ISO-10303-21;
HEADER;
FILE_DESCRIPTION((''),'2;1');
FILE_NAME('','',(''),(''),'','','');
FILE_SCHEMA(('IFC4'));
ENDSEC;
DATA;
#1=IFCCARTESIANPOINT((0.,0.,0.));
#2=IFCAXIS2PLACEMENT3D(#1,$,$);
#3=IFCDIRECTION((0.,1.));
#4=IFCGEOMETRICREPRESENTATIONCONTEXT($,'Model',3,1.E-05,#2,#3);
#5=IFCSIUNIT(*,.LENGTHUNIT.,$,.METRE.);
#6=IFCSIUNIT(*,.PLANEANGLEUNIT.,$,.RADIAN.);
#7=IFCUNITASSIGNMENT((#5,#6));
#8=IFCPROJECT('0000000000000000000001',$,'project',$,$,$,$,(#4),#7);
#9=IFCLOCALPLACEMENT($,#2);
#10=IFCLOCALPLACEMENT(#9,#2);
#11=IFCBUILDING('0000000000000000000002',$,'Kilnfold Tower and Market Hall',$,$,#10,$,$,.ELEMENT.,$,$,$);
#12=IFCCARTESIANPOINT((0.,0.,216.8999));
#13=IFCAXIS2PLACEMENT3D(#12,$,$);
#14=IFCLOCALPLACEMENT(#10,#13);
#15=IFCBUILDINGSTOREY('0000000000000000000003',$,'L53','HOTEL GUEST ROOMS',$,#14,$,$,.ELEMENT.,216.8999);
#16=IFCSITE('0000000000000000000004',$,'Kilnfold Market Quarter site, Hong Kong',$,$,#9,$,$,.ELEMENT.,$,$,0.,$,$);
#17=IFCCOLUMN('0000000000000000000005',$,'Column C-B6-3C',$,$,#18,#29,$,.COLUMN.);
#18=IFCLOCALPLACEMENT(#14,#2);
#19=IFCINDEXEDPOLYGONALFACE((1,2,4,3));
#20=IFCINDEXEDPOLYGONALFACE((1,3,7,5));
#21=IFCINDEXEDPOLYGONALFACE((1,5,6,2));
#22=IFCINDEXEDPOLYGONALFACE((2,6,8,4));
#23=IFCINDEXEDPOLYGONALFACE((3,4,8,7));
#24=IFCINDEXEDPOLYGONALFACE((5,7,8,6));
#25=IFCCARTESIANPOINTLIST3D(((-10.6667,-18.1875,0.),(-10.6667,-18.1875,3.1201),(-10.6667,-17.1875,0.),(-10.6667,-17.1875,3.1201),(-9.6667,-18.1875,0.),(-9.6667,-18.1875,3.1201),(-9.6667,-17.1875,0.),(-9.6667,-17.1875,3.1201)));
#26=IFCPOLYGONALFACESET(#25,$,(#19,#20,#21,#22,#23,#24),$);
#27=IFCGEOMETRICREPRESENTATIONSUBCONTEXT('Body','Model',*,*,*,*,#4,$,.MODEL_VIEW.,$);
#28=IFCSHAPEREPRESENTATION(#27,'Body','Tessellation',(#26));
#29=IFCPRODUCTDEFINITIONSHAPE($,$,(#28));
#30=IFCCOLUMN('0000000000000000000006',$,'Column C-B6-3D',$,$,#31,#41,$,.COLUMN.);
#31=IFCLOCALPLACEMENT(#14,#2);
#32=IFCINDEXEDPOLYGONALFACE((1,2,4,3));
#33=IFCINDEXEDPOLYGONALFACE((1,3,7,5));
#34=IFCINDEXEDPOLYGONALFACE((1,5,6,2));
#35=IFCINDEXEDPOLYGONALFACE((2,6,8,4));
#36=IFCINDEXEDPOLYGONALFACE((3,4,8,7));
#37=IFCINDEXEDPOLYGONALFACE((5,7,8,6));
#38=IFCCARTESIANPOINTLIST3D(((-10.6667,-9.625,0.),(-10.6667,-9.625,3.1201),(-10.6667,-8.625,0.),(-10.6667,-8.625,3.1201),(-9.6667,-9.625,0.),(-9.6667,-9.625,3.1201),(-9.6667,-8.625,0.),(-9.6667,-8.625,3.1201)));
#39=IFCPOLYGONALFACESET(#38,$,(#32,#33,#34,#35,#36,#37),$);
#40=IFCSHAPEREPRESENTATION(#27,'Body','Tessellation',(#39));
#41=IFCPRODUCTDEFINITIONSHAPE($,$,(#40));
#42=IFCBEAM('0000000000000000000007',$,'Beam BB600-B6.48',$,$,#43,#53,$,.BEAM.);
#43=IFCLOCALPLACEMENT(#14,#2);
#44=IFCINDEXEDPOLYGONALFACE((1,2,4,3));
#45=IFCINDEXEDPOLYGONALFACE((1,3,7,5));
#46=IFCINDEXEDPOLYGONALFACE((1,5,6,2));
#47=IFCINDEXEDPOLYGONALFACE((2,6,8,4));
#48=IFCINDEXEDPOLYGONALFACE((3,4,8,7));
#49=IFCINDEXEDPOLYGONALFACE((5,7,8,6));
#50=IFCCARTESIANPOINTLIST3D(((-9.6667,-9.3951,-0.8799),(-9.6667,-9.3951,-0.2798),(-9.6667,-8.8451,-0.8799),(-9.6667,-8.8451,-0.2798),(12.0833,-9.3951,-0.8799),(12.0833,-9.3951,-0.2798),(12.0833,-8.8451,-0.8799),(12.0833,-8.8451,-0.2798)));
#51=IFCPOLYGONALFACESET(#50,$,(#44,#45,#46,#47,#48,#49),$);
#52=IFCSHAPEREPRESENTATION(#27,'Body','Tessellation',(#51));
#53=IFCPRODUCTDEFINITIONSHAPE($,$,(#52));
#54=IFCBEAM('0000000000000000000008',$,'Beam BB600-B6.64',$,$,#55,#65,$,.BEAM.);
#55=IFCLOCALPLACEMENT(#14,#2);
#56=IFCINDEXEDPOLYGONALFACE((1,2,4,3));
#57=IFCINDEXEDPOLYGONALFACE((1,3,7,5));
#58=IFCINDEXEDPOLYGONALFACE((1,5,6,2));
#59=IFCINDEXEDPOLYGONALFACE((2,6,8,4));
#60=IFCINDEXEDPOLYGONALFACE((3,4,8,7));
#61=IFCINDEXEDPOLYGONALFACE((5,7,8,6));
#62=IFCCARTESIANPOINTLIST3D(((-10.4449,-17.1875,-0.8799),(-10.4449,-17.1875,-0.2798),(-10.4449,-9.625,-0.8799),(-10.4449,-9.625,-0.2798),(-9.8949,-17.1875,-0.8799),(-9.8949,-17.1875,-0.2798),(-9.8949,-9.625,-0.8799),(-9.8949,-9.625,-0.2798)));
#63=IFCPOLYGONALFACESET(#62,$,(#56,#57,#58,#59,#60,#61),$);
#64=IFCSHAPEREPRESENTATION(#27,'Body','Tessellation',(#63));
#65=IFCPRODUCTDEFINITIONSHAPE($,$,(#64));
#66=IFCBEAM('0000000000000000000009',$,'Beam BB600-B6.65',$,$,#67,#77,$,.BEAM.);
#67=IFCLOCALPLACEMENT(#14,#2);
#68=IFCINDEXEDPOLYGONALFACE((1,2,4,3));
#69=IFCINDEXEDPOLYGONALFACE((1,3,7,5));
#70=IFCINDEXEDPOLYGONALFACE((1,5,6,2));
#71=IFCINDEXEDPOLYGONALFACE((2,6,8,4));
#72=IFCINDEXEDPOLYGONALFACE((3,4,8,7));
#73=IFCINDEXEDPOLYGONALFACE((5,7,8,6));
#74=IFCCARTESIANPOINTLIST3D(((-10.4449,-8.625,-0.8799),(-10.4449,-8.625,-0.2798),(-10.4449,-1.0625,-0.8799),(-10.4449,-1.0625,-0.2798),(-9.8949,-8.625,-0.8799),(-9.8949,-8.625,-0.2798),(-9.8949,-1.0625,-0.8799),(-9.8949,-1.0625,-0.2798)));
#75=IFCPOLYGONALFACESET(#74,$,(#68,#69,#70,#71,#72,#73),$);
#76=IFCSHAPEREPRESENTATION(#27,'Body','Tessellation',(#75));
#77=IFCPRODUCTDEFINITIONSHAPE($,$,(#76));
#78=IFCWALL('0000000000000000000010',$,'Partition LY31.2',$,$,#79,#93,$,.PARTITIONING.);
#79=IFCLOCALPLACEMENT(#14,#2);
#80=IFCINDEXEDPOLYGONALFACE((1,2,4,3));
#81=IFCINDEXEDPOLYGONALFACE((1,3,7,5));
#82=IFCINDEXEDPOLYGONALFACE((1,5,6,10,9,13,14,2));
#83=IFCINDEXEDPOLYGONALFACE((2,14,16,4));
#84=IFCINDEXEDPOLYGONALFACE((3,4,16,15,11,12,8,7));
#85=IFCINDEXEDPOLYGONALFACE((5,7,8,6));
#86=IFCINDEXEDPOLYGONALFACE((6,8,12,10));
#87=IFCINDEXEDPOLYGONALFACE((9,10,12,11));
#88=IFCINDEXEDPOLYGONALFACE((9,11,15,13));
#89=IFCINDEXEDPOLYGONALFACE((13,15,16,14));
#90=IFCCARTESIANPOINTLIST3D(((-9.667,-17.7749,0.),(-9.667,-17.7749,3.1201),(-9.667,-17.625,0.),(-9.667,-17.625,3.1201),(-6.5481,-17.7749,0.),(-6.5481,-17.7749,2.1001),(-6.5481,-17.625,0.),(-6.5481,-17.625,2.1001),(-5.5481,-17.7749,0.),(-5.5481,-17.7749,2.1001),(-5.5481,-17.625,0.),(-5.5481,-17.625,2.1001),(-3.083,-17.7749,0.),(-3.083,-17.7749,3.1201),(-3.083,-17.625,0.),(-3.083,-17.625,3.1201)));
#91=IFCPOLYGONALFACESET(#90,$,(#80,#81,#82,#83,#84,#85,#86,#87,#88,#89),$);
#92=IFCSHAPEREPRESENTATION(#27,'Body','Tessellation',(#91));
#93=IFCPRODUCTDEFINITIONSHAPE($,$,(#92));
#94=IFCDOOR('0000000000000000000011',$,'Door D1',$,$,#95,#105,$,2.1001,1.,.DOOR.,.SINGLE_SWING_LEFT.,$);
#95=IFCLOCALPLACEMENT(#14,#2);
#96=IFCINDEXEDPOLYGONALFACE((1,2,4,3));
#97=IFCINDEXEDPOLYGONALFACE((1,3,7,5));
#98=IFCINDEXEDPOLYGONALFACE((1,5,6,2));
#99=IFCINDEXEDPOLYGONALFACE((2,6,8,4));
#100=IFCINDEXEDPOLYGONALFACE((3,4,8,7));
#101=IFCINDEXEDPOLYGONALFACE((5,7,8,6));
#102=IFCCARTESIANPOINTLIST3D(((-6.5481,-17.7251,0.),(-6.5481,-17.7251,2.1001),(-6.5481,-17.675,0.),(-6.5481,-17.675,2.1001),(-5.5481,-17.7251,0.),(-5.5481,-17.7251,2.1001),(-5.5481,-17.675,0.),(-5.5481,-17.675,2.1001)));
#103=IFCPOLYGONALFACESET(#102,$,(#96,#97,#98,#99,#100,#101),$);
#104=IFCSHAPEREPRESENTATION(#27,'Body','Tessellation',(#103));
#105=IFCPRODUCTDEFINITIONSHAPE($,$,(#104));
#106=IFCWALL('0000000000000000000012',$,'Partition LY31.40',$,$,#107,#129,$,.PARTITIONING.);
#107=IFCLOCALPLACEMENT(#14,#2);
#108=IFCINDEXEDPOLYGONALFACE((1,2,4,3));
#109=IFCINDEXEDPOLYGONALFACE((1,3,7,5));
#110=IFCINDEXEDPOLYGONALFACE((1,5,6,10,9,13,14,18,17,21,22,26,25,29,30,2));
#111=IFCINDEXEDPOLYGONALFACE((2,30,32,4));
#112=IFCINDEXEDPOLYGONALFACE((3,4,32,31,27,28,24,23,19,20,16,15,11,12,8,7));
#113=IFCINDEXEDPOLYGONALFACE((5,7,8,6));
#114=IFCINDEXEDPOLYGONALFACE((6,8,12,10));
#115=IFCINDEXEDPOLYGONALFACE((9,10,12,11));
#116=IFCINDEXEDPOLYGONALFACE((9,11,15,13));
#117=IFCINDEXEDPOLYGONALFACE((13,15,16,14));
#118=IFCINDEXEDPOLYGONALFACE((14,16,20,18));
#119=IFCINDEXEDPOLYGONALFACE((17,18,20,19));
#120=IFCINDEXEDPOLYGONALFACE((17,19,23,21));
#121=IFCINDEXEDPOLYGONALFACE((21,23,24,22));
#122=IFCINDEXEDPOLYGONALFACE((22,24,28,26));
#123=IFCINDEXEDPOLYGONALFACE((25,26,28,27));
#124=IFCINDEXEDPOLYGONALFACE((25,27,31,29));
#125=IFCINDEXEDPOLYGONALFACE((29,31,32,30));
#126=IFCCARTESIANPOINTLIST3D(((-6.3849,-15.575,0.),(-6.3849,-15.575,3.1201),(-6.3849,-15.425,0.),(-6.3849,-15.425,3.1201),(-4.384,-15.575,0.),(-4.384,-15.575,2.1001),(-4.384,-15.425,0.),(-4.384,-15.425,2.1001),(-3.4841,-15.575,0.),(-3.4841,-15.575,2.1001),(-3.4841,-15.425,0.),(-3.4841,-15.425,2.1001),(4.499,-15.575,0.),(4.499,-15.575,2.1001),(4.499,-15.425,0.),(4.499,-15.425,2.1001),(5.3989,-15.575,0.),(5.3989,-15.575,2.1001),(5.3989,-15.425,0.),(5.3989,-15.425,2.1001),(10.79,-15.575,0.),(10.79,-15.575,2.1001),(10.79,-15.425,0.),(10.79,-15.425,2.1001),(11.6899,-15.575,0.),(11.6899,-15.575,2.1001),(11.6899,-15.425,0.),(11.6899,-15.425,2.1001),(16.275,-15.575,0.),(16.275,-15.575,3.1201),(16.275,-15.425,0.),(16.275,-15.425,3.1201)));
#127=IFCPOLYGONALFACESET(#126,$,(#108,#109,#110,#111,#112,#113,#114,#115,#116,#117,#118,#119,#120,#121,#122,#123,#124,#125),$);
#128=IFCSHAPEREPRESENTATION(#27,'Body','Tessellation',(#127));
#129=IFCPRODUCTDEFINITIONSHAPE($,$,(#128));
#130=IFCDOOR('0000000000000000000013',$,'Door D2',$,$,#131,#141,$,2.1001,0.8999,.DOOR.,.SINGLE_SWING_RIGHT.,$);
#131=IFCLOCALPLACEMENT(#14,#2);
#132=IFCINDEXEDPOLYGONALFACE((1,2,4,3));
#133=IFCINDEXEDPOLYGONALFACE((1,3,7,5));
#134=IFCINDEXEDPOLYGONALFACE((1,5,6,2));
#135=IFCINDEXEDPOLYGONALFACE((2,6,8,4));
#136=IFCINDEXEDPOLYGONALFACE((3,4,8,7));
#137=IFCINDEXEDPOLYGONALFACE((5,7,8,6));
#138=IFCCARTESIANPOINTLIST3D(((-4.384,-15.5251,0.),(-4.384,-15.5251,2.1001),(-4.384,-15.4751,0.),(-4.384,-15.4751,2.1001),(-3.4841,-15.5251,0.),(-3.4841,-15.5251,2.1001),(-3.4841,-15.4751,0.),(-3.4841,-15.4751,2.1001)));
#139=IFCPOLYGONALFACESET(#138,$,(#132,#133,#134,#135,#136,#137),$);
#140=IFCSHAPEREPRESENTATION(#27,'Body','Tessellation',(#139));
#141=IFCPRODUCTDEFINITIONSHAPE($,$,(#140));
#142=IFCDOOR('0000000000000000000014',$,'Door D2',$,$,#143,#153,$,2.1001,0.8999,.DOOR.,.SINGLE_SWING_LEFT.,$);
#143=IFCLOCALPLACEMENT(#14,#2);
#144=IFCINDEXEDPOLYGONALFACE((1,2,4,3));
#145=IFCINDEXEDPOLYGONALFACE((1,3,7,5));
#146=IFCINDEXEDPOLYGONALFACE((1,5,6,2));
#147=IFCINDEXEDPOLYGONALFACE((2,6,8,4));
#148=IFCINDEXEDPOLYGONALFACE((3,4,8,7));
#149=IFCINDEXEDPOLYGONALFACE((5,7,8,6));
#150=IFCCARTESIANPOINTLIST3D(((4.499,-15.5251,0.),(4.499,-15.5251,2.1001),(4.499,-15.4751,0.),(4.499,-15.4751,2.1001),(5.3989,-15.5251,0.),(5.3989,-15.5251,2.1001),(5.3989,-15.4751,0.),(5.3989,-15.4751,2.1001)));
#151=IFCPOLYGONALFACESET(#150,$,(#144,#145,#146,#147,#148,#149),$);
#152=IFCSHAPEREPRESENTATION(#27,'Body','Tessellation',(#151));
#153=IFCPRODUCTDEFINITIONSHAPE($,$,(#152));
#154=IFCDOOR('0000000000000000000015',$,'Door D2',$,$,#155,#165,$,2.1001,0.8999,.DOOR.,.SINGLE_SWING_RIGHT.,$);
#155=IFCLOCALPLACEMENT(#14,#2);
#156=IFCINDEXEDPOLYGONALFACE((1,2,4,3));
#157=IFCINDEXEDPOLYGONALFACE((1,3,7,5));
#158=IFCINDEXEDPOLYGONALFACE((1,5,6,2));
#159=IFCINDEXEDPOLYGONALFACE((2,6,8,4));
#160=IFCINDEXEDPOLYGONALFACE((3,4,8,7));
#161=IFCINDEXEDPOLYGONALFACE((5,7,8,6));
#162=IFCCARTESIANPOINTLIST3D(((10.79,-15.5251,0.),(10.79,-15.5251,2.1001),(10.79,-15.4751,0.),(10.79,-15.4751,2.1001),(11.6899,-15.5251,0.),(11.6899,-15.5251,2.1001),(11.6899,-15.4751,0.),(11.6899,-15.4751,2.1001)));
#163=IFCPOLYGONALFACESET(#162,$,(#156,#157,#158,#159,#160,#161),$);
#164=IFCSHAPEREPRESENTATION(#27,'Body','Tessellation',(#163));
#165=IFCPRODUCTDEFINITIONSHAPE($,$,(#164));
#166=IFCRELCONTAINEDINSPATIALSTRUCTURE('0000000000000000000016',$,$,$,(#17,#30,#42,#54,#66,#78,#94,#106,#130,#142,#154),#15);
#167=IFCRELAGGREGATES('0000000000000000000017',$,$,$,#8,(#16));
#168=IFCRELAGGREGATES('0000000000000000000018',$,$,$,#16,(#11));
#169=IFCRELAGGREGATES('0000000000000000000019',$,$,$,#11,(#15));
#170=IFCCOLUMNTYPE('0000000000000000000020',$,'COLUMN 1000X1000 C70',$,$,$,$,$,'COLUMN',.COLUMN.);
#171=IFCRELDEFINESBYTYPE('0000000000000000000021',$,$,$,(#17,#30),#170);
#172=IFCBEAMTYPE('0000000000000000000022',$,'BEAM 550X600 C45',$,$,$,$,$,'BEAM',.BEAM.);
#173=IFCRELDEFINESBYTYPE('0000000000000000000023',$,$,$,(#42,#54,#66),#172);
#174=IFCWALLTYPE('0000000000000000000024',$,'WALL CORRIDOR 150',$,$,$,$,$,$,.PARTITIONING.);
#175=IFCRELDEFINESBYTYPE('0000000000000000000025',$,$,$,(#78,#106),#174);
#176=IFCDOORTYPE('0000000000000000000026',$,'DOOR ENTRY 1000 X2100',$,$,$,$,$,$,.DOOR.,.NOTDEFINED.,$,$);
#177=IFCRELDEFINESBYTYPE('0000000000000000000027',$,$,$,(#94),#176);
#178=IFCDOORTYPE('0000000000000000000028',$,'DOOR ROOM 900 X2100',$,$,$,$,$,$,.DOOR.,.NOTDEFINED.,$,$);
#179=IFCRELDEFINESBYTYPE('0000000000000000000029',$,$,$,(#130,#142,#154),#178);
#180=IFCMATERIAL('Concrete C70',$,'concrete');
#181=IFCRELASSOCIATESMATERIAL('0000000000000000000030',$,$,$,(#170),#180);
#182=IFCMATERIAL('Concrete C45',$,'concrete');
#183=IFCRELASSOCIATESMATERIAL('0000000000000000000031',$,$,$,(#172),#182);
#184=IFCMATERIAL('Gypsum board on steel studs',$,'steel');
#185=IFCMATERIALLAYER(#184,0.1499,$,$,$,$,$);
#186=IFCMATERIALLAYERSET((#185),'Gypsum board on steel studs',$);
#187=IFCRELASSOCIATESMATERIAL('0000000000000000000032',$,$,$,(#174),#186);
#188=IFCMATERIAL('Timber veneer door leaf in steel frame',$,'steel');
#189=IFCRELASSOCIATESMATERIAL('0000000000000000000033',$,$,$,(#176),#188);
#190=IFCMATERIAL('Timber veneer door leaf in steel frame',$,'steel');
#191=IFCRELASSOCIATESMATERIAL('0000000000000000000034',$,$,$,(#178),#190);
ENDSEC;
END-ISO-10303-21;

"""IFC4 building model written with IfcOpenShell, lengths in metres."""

from ifc_helpers import new_model, si_unit, direction, frame, frame_2d, origin, origin_2d, place, context, subcontext, project, spatial, rectangle, extrude, source, transform, mapped, material, layer, layer_set, material_profile, profile_set, type_object, element, fill, save


model = new_model("IFC4")

# Units and contexts
model_context = context("Model", 3, precision=1e-05, world=origin(), true_north=direction((0.0, 1.0)))
body_context = subcontext(model_context, "Body", "Model", "MODEL_VIEW")
ifc_project = project(units=[si_unit("LENGTHUNIT", "METRE"), si_unit("PLANEANGLEUNIT", "RADIAN")], contexts=[model_context])

# Site, building, storey
site_placement = place(None, origin())
site = spatial("IfcSite", under=ifc_project, at=site_placement, Name="Kilnfold Market Quarter site, Hong Kong", CompositionType="ELEMENT", RefElevation=0.0)
building_placement = place(site_placement, origin())
building = spatial("IfcBuilding", under=site, at=building_placement, Name="Kilnfold Tower and Market Hall", CompositionType="ELEMENT")
storey_placement = place(building_placement, frame((0.0, 0.0, 216.8999)))
storey = spatial("IfcBuildingStorey", under=building, at=storey_placement, Name="L53", Description="HOTEL GUEST ROOMS", CompositionType="ELEMENT", Elevation=216.8999)

# Columns
ifc_material_1 = material(Name="Concrete C70", Category="concrete")
ifc_material_profile_1 = material_profile(ifc_material_1, rectangle(XDim=1.0, YDim=1.0, at=origin_2d()), Name="RC 1000x1000")
ifc_profile_set_1 = profile_set([ifc_material_profile_1], Name="Concrete C70")
column_type = type_object("IfcColumnType", Name="COLUMN 1000X1000 C70", ElementType="COLUMN", PredefinedType="COLUMN", material=ifc_profile_set_1)
shared_shape_1 = source(origin(), body_context, "Body", "SweptSolid", [
    extrude(rectangle(XDim=1.0, YDim=1.0, at=origin_2d()), origin(), (0.0, 0.0, 1.0), 3.1201),
])
for number, where, z_axis, x_axis, name in (
    (1, (-10.1667, -17.6875, 0.0), (0.0, 0.0, 1.0), (1.0, 0.0, 0.0), "Column C-B6-3C"),
    (2, (-10.1667, -9.125, 0.0), (0.0, 0.0, 1.0), (1.0, 0.0, 0.0), "Column C-B6-3D"),
):
    element("IfcColumn", number, at=place(storey_placement, frame(where, z_axis=z_axis, x_axis=x_axis)), inside=storey, type_object=column_type, Name=name, PredefinedType="COLUMN", context=body_context, shape_type="MappedRepresentation", body=[
        mapped(shared_shape_1, transform((0.0, 0.0, 0.0))),
    ])

# Beams
ifc_material_2 = material(Name="Concrete C45", Category="concrete")
ifc_material_profile_2 = material_profile(ifc_material_2, rectangle(XDim=0.55, YDim=0.6001, at=origin_2d()), Name="RC 550x600")
ifc_profile_set_2 = profile_set([ifc_material_profile_2], Name="Concrete C45")
beam_type = type_object("IfcBeamType", Name="BEAM 550X600 C45", ElementType="BEAM", PredefinedType="BEAM", material=ifc_profile_set_2)
shared_shape_2 = source(origin(), body_context, "Body", "SweptSolid", [
    extrude(rectangle(XDim=0.55, YDim=0.6001, at=origin_2d()), origin(), (0.0, 0.0, 1.0), 21.75),
])
beam_placement = place(storey_placement, frame((-9.6667, -9.1201, -0.5798), z_axis=(1.0, 0.0, 0.0), x_axis=(0.0, 1.0, 0.0)))
element("IfcBeam", 3, at=beam_placement, inside=storey, type_object=beam_type, Name="Beam BB600-B6.48", PredefinedType="BEAM", context=body_context, shape_type="MappedRepresentation", body=[
    mapped(shared_shape_2, transform((0.0, 0.0, 0.0))),
])
shared_shape_3 = source(origin(), body_context, "Body", "SweptSolid", [
    extrude(rectangle(XDim=0.55, YDim=0.6001, at=origin_2d()), origin(), (0.0, 0.0, 1.0), 7.5625),
])
for number, where, z_axis, x_axis, name in (
    (4, (-10.1699, -17.1875, -0.5798), (0.0, 1.0, 0.0), (-1.0, 0.0, 0.0), "Beam BB600-B6.64"),
    (5, (-10.1699, -8.625, -0.5798), (0.0, 1.0, 0.0), (-1.0, 0.0, 0.0), "Beam BB600-B6.65"),
):
    element("IfcBeam", number, at=place(storey_placement, frame(where, z_axis=z_axis, x_axis=x_axis)), inside=storey, type_object=beam_type, Name=name, PredefinedType="BEAM", context=body_context, shape_type="MappedRepresentation", body=[
        mapped(shared_shape_3, transform((0.0, 0.0, 0.0))),
    ])

# Wall, opening, door
ifc_material_3 = material(Name="Gypsum board on steel studs", Category="steel")
ifc_layer_1 = layer(ifc_material_3, 0.1499)
ifc_layer_set_1 = layer_set([ifc_layer_1], Name="Gypsum board on steel studs")
wall_type_1 = type_object("IfcWallType", Name="WALL CORRIDOR 150", PredefinedType="PARTITIONING", material=ifc_layer_set_1)
wall_1_placement = place(storey_placement, frame((-9.667, -17.7, 0.0), z_axis=(0.0, 0.0, 1.0), x_axis=(1.0, 0.0, 0.0)))
wall_1 = element("IfcWall", 6, at=wall_1_placement, inside=storey, type_object=wall_type_1, Name="Partition LY31.2", PredefinedType="PARTITIONING", context=body_context, shape_type="SweptSolid", body=[
    extrude(rectangle(XDim=6.584, YDim=0.1499, at=frame_2d((3.292, 0.0))), origin(), (0.0, 0.0, 1.0), 3.1201),
])
opening_1_placement = place(wall_1_placement, frame((3.1189, 0.0, 0.0)))
opening_1 = element("IfcOpeningElement", 7, at=opening_1_placement, cuts=wall_1, PredefinedType="OPENING", context=body_context, shape_type="SweptSolid", body=[
    extrude(rectangle(XDim=1.0, YDim=2.1001, at=frame_2d((0.5, 1.05))), frame((0.0, 0.085, 0.0), z_axis=(0.0, -1.0, 0.0), x_axis=(1.0, 0.0, 0.0)), (0.0, 0.0, 1.0), 0.1699),
])
ifc_material_4 = material(Name="Timber veneer door leaf in steel frame", Category="steel")
door_type_1 = type_object("IfcDoorType", Name="DOOR ENTRY 1000 X2100", OperationType="NOTDEFINED", PredefinedType="DOOR", material=ifc_material_4)
door_1_placement = place(opening_1_placement, origin())
door_1 = element("IfcDoor", 8, at=door_1_placement, inside=storey, type_object=door_type_1, Name="Door D1", OperationType="SINGLE_SWING_LEFT", OverallHeight=2.1001, OverallWidth=1.0, PredefinedType="DOOR", context=body_context, shape_type="SweptSolid", body=[
    extrude(rectangle(XDim=1.0, YDim=2.1001, at=frame_2d((0.5, 1.05))), frame((0.0, 0.0249, 0.0), z_axis=(0.0, -1.0, 0.0), x_axis=(1.0, 0.0, 0.0)), (0.0, 0.0, 1.0), 0.05),
])
fill(opening_1, door_1)

# Wall, openings, doors
wall_2_placement = place(storey_placement, frame((-6.385, -15.5, 0.0), z_axis=(0.0, 0.0, 1.0), x_axis=(1.0, 0.0, 0.0)))
wall_2 = element("IfcWall", 9, at=wall_2_placement, inside=storey, type_object=wall_type_1, Name="Partition LY31.40", PredefinedType="PARTITIONING", context=body_context, shape_type="SweptSolid", body=[
    extrude(rectangle(XDim=22.6599, YDim=0.1499, at=frame_2d((11.3301, 0.0))), origin(), (0.0, 0.0, 1.0), 3.1201),
])
opening_2_placement = place(wall_2_placement, frame((2.001, 0.0, 0.0)))
opening_2 = element("IfcOpeningElement", 10, at=opening_2_placement, cuts=wall_2, PredefinedType="OPENING", context=body_context, shape_type="SweptSolid", body=[
    extrude(rectangle(XDim=0.8999, YDim=2.1001, at=frame_2d((0.45, 1.05))), frame((0.0, 0.085, 0.0), z_axis=(0.0, -1.0, 0.0), x_axis=(1.0, 0.0, 0.0)), (0.0, 0.0, 1.0), 0.1699),
])
opening_3_placement = place(wall_2_placement, frame((10.884, 0.0, 0.0)))
opening_3 = element("IfcOpeningElement", 11, at=opening_3_placement, cuts=wall_2, PredefinedType="OPENING", context=body_context, shape_type="SweptSolid", body=[
    extrude(rectangle(XDim=0.8999, YDim=2.1001, at=frame_2d((0.45, 1.05))), frame((0.0, 0.085, 0.0), z_axis=(0.0, -1.0, 0.0), x_axis=(1.0, 0.0, 0.0)), (0.0, 0.0, 1.0), 0.1699),
])
opening_4_placement = place(wall_2_placement, frame((17.175, 0.0, 0.0)))
opening_4 = element("IfcOpeningElement", 12, at=opening_4_placement, cuts=wall_2, PredefinedType="OPENING", context=body_context, shape_type="SweptSolid", body=[
    extrude(rectangle(XDim=0.8999, YDim=2.1001, at=frame_2d((0.45, 1.05))), frame((0.0, 0.085, 0.0), z_axis=(0.0, -1.0, 0.0), x_axis=(1.0, 0.0, 0.0)), (0.0, 0.0, 1.0), 0.1699),
])
ifc_material_5 = material(Name="Timber veneer door leaf in steel frame", Category="steel")
door_type_2 = type_object("IfcDoorType", Name="DOOR ROOM 900 X2100", OperationType="NOTDEFINED", PredefinedType="DOOR", material=ifc_material_5)
door_2_placement = place(opening_2_placement, origin())
door_2 = element("IfcDoor", 13, at=door_2_placement, inside=storey, type_object=door_type_2, Name="Door D2", OperationType="SINGLE_SWING_RIGHT", OverallHeight=2.1001, OverallWidth=0.8999, PredefinedType="DOOR", context=body_context, shape_type="SweptSolid", body=[
    extrude(rectangle(XDim=0.8999, YDim=2.1001, at=frame_2d((0.45, 1.05))), frame((0.0, 0.0249, 0.0), z_axis=(0.0, -1.0, 0.0), x_axis=(1.0, 0.0, 0.0)), (0.0, 0.0, 1.0), 0.05),
])
fill(opening_2, door_2)
door_3_placement = place(opening_3_placement, origin())
door_3 = element("IfcDoor", 14, at=door_3_placement, inside=storey, type_object=door_type_2, Name="Door D2", OperationType="SINGLE_SWING_LEFT", OverallHeight=2.1001, OverallWidth=0.8999, PredefinedType="DOOR", context=body_context, shape_type="SweptSolid", body=[
    extrude(rectangle(XDim=0.8999, YDim=2.1001, at=frame_2d((0.45, 1.05))), frame((0.0, 0.0249, 0.0), z_axis=(0.0, -1.0, 0.0), x_axis=(1.0, 0.0, 0.0)), (0.0, 0.0, 1.0), 0.05),
])
fill(opening_3, door_3)
door_4_placement = place(opening_4_placement, origin())
door_4 = element("IfcDoor", 15, at=door_4_placement, inside=storey, type_object=door_type_2, Name="Door D2", OperationType="SINGLE_SWING_RIGHT", OverallHeight=2.1001, OverallWidth=0.8999, PredefinedType="DOOR", context=body_context, shape_type="SweptSolid", body=[
    extrude(rectangle(XDim=0.8999, YDim=2.1001, at=frame_2d((0.45, 1.05))), frame((0.0, 0.0249, 0.0), z_axis=(0.0, -1.0, 0.0), x_axis=(1.0, 0.0, 0.0)), (0.0, 0.0, 1.0), 0.05),
])
fill(opening_4, door_4)

save(model, "model.ifc")
